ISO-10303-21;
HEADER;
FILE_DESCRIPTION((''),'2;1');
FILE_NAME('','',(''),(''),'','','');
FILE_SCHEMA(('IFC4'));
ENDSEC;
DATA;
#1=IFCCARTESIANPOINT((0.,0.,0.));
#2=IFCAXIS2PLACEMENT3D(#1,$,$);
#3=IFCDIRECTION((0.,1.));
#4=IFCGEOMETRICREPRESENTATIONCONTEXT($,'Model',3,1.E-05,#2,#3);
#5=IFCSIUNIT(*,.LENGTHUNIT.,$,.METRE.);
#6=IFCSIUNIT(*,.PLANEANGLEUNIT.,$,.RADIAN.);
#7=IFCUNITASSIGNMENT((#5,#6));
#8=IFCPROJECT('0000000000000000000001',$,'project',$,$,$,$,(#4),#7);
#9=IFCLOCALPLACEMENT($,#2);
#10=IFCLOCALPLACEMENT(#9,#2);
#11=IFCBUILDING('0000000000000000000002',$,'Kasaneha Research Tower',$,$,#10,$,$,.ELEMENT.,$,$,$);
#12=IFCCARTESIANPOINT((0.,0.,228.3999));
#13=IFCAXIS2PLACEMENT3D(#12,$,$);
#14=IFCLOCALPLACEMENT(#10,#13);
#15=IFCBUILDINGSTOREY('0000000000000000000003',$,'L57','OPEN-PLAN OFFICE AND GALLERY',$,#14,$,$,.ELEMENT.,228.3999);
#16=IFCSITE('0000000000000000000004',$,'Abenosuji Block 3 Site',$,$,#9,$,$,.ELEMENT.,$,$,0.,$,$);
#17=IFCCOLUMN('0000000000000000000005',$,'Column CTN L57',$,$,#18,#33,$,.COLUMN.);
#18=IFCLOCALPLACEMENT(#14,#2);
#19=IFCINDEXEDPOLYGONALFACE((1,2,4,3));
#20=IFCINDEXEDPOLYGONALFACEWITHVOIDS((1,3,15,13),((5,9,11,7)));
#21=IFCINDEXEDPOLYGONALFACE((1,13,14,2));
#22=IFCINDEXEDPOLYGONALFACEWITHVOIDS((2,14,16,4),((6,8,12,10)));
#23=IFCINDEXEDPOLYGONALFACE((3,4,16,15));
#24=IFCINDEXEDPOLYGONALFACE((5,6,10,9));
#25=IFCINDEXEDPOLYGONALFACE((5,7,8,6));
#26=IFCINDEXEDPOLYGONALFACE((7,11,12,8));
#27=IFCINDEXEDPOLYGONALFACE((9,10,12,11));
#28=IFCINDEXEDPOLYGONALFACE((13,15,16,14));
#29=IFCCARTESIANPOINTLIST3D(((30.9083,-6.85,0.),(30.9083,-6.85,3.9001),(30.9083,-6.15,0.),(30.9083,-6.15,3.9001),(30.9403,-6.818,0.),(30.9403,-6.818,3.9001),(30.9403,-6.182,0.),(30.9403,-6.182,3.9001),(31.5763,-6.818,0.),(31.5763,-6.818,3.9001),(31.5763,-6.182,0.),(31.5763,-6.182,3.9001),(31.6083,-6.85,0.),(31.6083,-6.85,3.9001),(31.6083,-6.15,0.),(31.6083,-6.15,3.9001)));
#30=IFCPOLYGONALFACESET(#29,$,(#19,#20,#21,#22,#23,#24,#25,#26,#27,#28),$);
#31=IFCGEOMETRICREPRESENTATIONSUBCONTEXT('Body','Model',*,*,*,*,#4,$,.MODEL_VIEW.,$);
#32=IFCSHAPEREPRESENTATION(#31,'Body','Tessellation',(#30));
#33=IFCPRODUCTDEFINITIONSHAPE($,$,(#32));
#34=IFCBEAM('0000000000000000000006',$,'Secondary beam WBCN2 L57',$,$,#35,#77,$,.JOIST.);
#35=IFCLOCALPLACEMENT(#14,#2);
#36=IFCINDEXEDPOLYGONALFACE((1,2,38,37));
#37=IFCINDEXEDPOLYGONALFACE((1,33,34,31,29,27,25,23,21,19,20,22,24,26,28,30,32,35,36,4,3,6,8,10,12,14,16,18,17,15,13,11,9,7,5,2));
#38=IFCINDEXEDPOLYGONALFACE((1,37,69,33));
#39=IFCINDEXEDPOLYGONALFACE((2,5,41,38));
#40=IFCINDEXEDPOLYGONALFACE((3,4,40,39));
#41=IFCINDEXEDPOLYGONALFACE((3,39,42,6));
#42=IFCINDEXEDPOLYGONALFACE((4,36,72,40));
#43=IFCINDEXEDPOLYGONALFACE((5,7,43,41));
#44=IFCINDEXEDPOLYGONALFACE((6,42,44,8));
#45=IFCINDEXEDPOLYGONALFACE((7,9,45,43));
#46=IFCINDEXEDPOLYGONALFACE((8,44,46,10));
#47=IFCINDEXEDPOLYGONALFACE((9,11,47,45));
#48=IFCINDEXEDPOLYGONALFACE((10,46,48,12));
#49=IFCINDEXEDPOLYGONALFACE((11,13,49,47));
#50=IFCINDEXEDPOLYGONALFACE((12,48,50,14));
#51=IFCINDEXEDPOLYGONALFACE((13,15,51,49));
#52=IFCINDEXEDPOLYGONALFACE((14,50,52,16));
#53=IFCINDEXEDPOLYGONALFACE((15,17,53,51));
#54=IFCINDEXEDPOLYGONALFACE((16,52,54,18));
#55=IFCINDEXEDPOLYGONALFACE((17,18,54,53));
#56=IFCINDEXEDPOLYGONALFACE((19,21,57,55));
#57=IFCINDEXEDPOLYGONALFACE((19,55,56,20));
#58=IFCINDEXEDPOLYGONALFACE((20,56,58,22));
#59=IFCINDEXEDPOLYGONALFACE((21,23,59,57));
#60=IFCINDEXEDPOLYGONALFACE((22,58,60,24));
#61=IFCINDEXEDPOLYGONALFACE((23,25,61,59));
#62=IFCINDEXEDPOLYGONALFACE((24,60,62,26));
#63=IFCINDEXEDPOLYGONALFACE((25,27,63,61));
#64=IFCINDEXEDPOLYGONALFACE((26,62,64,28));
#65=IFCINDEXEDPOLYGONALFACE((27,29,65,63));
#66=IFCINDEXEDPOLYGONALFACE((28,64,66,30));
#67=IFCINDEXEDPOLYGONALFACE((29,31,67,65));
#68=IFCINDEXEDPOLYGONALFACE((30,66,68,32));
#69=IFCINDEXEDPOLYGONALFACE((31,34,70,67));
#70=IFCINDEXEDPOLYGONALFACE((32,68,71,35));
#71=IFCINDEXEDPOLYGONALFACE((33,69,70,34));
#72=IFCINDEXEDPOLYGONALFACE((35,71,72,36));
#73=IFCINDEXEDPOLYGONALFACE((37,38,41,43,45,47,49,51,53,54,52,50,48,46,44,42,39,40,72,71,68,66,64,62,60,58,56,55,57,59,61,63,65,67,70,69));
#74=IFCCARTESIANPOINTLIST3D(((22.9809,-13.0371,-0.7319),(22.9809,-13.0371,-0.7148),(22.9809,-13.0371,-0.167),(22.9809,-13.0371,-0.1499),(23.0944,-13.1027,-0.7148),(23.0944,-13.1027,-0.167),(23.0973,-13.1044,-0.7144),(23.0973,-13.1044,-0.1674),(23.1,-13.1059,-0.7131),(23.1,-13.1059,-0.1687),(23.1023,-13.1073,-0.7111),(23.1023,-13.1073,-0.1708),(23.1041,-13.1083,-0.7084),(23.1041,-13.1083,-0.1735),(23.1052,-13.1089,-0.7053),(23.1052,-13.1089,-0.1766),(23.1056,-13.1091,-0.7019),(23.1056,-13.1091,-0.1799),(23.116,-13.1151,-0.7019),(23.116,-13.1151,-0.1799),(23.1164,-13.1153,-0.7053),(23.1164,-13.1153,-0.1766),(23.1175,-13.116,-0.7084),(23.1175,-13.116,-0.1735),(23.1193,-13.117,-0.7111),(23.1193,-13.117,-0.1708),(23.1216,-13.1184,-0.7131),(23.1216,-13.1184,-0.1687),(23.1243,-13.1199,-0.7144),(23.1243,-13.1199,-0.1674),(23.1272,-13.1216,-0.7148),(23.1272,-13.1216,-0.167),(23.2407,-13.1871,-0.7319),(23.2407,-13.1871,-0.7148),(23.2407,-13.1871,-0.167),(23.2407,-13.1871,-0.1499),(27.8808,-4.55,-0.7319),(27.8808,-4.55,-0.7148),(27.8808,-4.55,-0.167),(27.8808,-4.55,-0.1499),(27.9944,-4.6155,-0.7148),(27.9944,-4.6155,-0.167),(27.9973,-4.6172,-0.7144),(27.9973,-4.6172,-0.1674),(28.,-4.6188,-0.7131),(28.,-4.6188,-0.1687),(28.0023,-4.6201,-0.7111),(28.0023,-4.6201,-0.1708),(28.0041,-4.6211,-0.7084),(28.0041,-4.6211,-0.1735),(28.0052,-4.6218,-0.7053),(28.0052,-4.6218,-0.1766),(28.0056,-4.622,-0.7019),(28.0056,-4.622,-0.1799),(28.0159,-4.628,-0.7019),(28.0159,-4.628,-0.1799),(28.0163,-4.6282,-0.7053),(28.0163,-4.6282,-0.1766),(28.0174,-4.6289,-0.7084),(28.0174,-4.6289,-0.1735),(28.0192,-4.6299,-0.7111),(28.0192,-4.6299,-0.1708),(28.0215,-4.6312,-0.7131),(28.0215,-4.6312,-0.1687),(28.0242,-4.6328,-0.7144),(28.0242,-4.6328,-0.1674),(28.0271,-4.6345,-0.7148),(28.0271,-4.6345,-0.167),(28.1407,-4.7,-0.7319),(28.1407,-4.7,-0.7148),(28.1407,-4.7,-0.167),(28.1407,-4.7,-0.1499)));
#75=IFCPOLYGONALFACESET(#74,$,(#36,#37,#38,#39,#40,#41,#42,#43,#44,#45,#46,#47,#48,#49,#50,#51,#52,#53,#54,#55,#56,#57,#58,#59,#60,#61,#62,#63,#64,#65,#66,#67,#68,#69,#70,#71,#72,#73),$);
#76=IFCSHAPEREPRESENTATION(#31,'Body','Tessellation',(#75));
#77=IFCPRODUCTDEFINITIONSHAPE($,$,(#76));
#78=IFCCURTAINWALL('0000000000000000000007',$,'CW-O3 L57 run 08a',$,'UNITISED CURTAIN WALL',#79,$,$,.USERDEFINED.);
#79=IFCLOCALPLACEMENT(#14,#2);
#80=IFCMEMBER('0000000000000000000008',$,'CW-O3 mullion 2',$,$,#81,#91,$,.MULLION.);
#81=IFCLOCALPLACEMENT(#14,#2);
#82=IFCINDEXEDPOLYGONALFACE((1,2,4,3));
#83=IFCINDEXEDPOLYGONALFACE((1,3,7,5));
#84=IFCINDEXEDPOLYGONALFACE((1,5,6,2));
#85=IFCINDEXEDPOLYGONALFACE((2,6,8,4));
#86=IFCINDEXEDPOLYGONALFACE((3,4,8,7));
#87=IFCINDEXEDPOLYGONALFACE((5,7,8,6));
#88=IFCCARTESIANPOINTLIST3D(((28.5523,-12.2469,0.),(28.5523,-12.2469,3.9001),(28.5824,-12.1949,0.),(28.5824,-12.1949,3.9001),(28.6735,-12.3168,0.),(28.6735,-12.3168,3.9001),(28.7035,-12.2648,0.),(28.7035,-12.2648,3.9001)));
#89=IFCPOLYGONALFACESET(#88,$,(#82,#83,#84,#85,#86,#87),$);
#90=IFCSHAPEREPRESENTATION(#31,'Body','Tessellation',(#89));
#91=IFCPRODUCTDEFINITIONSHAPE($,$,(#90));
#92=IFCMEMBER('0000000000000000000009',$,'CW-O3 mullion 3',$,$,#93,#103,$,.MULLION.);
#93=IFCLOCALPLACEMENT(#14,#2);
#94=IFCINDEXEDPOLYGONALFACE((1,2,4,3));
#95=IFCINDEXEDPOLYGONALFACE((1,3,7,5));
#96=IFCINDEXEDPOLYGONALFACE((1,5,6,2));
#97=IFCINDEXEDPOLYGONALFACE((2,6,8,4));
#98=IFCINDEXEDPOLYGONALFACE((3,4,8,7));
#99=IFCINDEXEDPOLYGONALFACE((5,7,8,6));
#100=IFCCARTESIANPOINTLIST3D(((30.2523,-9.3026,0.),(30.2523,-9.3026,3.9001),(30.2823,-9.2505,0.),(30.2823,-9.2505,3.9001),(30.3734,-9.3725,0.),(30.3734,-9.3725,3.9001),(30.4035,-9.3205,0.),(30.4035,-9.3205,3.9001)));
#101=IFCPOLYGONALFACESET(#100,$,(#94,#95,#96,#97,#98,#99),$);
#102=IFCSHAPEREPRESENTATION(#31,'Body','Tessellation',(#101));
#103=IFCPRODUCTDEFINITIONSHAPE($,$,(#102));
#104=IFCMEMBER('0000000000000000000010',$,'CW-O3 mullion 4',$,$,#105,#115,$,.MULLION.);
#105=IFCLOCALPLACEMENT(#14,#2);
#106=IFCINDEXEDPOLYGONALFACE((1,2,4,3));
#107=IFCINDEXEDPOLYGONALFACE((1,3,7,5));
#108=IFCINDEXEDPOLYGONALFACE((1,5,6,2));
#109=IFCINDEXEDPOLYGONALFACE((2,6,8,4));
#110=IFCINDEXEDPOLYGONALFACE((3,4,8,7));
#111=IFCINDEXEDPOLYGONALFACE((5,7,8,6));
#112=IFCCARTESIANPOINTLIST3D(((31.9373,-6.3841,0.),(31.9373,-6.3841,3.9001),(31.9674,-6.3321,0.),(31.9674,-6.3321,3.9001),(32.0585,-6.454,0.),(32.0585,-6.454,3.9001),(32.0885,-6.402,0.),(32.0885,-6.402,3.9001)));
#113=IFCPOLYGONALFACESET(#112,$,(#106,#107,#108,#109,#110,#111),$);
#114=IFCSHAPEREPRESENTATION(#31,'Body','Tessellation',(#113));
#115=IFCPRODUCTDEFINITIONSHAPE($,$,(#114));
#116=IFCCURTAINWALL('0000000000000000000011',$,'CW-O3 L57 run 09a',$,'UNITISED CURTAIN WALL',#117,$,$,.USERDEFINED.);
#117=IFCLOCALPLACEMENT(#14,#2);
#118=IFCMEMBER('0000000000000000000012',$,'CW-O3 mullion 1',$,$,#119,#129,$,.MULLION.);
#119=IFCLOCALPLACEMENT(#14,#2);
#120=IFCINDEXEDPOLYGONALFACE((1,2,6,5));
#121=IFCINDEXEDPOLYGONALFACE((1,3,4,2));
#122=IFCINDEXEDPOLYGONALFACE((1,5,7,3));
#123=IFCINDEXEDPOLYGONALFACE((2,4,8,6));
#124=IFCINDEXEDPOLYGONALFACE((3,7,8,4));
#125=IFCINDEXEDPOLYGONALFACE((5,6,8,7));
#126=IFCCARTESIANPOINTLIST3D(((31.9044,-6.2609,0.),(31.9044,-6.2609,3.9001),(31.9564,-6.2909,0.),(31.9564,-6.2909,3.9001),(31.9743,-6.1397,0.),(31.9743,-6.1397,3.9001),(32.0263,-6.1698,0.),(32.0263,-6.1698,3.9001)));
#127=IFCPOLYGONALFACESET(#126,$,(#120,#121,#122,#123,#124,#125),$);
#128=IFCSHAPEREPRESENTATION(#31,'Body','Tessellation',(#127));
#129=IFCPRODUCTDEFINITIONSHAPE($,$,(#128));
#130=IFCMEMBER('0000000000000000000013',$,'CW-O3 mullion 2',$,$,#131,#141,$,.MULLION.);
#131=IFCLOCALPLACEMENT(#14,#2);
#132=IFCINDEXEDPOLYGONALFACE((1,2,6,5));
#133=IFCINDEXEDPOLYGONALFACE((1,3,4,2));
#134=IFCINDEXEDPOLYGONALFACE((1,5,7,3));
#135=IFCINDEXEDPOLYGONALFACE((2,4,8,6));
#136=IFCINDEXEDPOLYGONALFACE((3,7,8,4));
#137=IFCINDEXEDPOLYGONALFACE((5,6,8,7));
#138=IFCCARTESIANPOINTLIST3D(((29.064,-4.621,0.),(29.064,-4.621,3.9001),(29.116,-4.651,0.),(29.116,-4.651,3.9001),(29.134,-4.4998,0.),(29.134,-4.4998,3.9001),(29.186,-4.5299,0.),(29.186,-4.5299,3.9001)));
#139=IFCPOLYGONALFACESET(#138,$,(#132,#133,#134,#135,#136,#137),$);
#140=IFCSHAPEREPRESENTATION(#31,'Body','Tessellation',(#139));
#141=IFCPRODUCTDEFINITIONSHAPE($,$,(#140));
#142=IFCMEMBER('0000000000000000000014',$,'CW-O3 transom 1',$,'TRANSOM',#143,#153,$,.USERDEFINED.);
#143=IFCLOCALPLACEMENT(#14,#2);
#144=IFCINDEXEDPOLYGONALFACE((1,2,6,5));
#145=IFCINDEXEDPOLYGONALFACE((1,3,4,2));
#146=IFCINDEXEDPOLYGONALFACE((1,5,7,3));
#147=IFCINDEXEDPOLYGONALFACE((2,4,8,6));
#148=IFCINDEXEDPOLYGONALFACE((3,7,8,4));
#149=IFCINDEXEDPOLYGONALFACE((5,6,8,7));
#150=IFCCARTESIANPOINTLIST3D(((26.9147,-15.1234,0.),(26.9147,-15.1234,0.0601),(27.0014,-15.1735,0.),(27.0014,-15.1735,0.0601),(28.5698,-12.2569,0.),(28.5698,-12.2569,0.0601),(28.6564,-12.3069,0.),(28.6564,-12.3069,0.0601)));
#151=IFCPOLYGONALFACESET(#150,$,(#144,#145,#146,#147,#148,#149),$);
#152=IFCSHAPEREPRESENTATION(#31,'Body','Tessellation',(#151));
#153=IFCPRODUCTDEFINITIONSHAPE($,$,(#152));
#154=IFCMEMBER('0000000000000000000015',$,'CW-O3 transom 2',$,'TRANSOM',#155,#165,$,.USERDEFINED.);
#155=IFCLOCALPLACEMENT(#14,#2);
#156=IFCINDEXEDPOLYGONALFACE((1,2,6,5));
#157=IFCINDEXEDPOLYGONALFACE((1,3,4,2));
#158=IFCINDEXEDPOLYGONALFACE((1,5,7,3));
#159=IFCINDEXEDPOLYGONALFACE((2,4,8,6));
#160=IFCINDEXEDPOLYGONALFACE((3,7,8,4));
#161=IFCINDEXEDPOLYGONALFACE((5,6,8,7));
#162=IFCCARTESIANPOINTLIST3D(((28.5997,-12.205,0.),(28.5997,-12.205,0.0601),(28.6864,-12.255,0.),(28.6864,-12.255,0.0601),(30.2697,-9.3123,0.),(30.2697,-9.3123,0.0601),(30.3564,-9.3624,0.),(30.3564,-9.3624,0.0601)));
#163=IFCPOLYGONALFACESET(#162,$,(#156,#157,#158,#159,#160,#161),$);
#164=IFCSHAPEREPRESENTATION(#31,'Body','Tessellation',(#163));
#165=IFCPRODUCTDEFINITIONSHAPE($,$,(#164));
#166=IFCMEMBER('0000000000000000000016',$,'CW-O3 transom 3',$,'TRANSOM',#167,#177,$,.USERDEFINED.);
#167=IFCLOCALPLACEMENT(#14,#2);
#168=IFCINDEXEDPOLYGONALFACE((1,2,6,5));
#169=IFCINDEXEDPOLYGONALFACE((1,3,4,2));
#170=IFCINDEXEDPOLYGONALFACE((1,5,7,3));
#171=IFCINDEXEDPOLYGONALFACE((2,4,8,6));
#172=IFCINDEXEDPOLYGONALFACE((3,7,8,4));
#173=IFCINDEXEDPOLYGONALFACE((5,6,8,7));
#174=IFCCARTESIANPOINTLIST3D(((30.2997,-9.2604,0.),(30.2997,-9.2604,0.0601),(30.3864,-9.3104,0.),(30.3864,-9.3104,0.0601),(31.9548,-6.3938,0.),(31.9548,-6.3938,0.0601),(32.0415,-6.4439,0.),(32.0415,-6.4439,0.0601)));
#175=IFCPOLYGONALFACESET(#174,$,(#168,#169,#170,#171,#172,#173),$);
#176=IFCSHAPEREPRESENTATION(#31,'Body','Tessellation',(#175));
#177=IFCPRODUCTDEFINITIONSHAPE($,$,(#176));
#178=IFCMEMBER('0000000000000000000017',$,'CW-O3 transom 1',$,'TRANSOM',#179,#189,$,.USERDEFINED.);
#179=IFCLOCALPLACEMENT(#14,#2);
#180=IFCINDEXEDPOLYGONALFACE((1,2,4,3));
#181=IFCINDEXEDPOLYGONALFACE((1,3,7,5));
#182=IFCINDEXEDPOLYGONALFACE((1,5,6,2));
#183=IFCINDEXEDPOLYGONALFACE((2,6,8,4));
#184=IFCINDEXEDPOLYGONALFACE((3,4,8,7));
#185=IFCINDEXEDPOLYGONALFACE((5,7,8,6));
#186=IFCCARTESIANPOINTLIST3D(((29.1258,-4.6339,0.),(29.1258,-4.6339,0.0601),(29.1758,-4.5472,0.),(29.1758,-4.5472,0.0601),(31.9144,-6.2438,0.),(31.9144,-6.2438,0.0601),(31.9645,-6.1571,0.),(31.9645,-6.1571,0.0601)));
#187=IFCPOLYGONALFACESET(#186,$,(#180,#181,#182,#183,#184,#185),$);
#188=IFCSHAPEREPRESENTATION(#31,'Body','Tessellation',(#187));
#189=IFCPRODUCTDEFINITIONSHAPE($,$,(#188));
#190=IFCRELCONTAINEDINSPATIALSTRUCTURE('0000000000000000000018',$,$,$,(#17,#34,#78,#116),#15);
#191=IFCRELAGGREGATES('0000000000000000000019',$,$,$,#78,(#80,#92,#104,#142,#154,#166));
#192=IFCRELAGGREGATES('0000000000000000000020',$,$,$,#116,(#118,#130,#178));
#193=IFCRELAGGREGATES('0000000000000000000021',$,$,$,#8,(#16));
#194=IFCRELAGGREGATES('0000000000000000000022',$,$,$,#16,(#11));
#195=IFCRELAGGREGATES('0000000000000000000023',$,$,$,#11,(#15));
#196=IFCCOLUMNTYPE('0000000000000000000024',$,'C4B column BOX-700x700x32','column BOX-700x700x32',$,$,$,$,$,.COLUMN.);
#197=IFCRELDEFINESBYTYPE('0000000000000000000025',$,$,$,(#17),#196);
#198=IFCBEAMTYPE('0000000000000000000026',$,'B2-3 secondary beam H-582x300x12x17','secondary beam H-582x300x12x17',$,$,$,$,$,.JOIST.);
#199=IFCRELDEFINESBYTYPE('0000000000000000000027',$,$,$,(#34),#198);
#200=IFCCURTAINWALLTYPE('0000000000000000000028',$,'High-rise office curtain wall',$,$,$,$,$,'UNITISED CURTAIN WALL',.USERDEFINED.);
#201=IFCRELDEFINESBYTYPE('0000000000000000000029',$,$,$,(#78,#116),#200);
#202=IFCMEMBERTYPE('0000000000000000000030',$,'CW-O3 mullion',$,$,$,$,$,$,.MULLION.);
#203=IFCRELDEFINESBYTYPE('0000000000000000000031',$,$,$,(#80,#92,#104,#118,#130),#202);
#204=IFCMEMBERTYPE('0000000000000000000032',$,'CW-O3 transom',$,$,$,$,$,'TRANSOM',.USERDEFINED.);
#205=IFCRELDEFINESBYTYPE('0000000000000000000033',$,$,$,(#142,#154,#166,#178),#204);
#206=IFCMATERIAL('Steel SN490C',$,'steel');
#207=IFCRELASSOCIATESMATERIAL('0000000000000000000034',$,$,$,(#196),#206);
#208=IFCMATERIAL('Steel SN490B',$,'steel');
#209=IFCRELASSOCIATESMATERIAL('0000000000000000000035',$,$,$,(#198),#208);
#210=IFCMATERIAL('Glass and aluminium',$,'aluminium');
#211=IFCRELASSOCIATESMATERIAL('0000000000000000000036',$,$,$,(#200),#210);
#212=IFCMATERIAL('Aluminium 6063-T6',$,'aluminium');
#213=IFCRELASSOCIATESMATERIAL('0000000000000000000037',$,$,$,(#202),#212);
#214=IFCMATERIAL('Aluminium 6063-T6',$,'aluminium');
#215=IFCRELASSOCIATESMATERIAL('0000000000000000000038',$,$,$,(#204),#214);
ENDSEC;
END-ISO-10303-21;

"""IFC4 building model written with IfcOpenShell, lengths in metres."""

from ifc_helpers import new_model, si_unit, direction, frame, origin, origin_2d, place, context, subcontext, project, spatial, rectangle, hollow_rectangle, i_section, extrude, material, material_profile, profile_set, type_object, element, aggregate, save


model = new_model("IFC4")

# Units and contexts
model_context = context("Model", 3, precision=1e-05, world=origin(), true_north=direction((0.0, 1.0)))
body_context = subcontext(model_context, "Body", "Model", "MODEL_VIEW")
ifc_project = project(units=[si_unit("LENGTHUNIT", "METRE"), si_unit("PLANEANGLEUNIT", "RADIAN")], contexts=[model_context])

# Site, building, storey
site_placement = place(None, origin())
site = spatial("IfcSite", under=ifc_project, at=site_placement, Name="Abenosuji Block 3 Site", CompositionType="ELEMENT", RefElevation=0.0)
building_placement = place(site_placement, origin())
building = spatial("IfcBuilding", under=site, at=building_placement, Name="Kasaneha Research Tower", CompositionType="ELEMENT")
storey_placement = place(building_placement, frame((0.0, 0.0, 228.3999)))
storey = spatial("IfcBuildingStorey", under=building, at=storey_placement, Name="L57", Description="OPEN-PLAN OFFICE AND GALLERY", CompositionType="ELEMENT", Elevation=228.3999)

# Column
ifc_material_1 = material(Name="Steel SN490C", Category="steel")
ifc_material_profile_1 = material_profile(ifc_material_1, hollow_rectangle(XDim=0.7, YDim=0.7, WallThickness=0.032, at=origin_2d()), Name="BOX-700x700x32")
ifc_profile_set_1 = profile_set([ifc_material_profile_1], Name="Steel SN490C")
column_type = type_object("IfcColumnType", Name="C4B column BOX-700x700x32", Description="column BOX-700x700x32", PredefinedType="COLUMN", material=ifc_profile_set_1)
column_placement = place(storey_placement, frame((31.2583, -6.5, 0.0), z_axis=(0.0, 0.0, 1.0), x_axis=(1.0, 0.0, 0.0)))
element("IfcColumn", 1, at=column_placement, inside=storey, type_object=column_type, Name="Column CTN L57", PredefinedType="COLUMN", context=body_context, shape_type="SweptSolid", body=[
    extrude(hollow_rectangle(XDim=0.7, YDim=0.7, WallThickness=0.032, at=origin_2d()), origin(), (0.0, 0.0, 1.0), 3.9001),
])

# Beam
ifc_material_2 = material(Name="Steel SN490B", Category="steel")
ifc_material_profile_2 = material_profile(ifc_material_2, i_section(OverallWidth=0.3, OverallDepth=0.582, WebThickness=0.012, FlangeThickness=0.0171, FilletRadius=0.0129, at=origin_2d()), Name="H-582x300x12x17")
ifc_profile_set_2 = profile_set([ifc_material_profile_2], Name="Steel SN490B")
beam_type_1 = type_object("IfcBeamType", Name="B2-3 secondary beam H-582x300x12x17", Description="secondary beam H-582x300x12x17", PredefinedType="JOIST", material=ifc_profile_set_2)
beam_1_placement = place(storey_placement, frame((28.0107, -4.625, -0.4409), z_axis=(-0.499992, -0.86603, 0.0), x_axis=(0.86603, -0.499992, 0.0)))
element("IfcBeam", 2, at=beam_1_placement, inside=storey, type_object=beam_type_1, Name="Secondary beam WBCN2 L57", PredefinedType="JOIST", context=body_context, shape_type="SweptSolid", body=[
    extrude(i_section(OverallWidth=0.3, OverallDepth=0.582, WebThickness=0.012, FlangeThickness=0.0171, FilletRadius=0.0129, at=origin_2d()), origin(), (0.0, 0.0, 1.0), 9.8),
])

# Curtain walls, members
ifc_material_3 = material(Name="Glass and aluminium", Category="aluminium")
curtain_wall_type = type_object("IfcCurtainWallType", Name="High-rise office curtain wall", ElementType="UNITISED CURTAIN WALL", PredefinedType="USERDEFINED", material=ifc_material_3)
curtain_wall_1_placement = place(storey_placement, origin())
curtain_wall_1 = element("IfcCurtainWall", 3, at=curtain_wall_1_placement, inside=storey, type_object=curtain_wall_type, Name="CW-O3 L57 run 08a", ObjectType="UNITISED CURTAIN WALL", PredefinedType="USERDEFINED")
ifc_material_4 = material(Name="Aluminium 6063-T6", Category="aluminium")
ifc_material_profile_3 = material_profile(ifc_material_4, rectangle(XDim=0.0601, YDim=0.1399, at=origin_2d()), Name="CW-O3 mullion 60x140")
ifc_profile_set_3 = profile_set([ifc_material_profile_3], Name="Aluminium 6063-T6")
member_type_1 = type_object("IfcMemberType", Name="CW-O3 mullion", PredefinedType="MULLION", material=ifc_profile_set_3)
member_1_placement = place(storey_placement, frame((28.6279, -12.2559, 0.0), z_axis=(0.0, 0.0, 1.0), x_axis=(0.5, 0.866025, 0.0)))
member_1 = element("IfcMember", 4, at=member_1_placement, type_object=member_type_1, Name="CW-O3 mullion 2", PredefinedType="MULLION", context=body_context, shape_type="SweptSolid", body=[
    extrude(rectangle(XDim=0.0601, YDim=0.1399, at=origin_2d()), origin(), (0.0, 0.0, 1.0), 3.9001),
])
member_2_placement = place(storey_placement, frame((30.3279, -9.3115, 0.0), z_axis=(0.0, 0.0, 1.0), x_axis=(0.5, 0.866025, 0.0)))
member_2 = element("IfcMember", 5, at=member_2_placement, type_object=member_type_1, Name="CW-O3 mullion 3", PredefinedType="MULLION", context=body_context, shape_type="SweptSolid", body=[
    extrude(rectangle(XDim=0.0601, YDim=0.1399, at=origin_2d()), origin(), (0.0, 0.0, 1.0), 3.9001),
])
member_3_placement = place(storey_placement, frame((32.0129, -6.3931, 0.0), z_axis=(0.0, 0.0, 1.0), x_axis=(0.5, 0.866025, 0.0)))
member_3 = element("IfcMember", 6, at=member_3_placement, type_object=member_type_1, Name="CW-O3 mullion 4", PredefinedType="MULLION", context=body_context, shape_type="SweptSolid", body=[
    extrude(rectangle(XDim=0.0601, YDim=0.1399, at=origin_2d()), origin(), (0.0, 0.0, 1.0), 3.9001),
])
curtain_wall_2_placement = place(storey_placement, origin())
curtain_wall_2 = element("IfcCurtainWall", 7, at=curtain_wall_2_placement, inside=storey, type_object=curtain_wall_type, Name="CW-O3 L57 run 09a", ObjectType="UNITISED CURTAIN WALL", PredefinedType="USERDEFINED")
member_4_placement = place(storey_placement, frame((31.9653, -6.2153, 0.0), z_axis=(0.0, 0.0, 1.0), x_axis=(-0.866025, 0.5, 0.0)))
member_4 = element("IfcMember", 8, at=member_4_placement, type_object=member_type_1, Name="CW-O3 mullion 1", PredefinedType="MULLION", context=body_context, shape_type="SweptSolid", body=[
    extrude(rectangle(XDim=0.0601, YDim=0.1399, at=origin_2d()), origin(), (0.0, 0.0, 1.0), 3.9001),
])
member_5_placement = place(storey_placement, frame((29.125, -4.5754, 0.0), z_axis=(0.0, 0.0, 1.0), x_axis=(-0.866025, 0.5, 0.0)))
member_5 = element("IfcMember", 9, at=member_5_placement, type_object=member_type_1, Name="CW-O3 mullion 2", PredefinedType="MULLION", context=body_context, shape_type="SweptSolid", body=[
    extrude(rectangle(XDim=0.0601, YDim=0.1399, at=origin_2d()), origin(), (0.0, 0.0, 1.0), 3.9001),
])

# Members
ifc_material_5 = material(Name="Aluminium 6063-T6", Category="aluminium")
ifc_material_profile_4 = material_profile(ifc_material_5, rectangle(XDim=0.1001, YDim=0.0601, at=origin_2d()), Name="CW-O3 transom 100x60")
ifc_profile_set_4 = profile_set([ifc_material_profile_4], Name="Aluminium 6063-T6")
member_type_2 = type_object("IfcMemberType", Name="CW-O3 transom", ElementType="TRANSOM", PredefinedType="USERDEFINED", material=ifc_profile_set_4)
member_6_placement = place(storey_placement, frame((26.958, -15.1484, 0.03), z_axis=(0.500018, 0.866015, 0.0), x_axis=(-0.866015, 0.500018, 0.0)))
member_6 = element("IfcMember", 10, at=member_6_placement, type_object=member_type_2, Name="CW-O3 transom 1", ObjectType="TRANSOM", PredefinedType="USERDEFINED", context=body_context, shape_type="SweptSolid", body=[
    extrude(rectangle(XDim=0.1001, YDim=0.0601, at=origin_2d()), origin(), (0.0, 0.0, 1.0), 3.3101),
])
member_7_placement = place(storey_placement, frame((28.6431, -12.23, 0.03), z_axis=(0.499976, 0.86604, 0.0), x_axis=(-0.86604, 0.499976, 0.0)))
member_7 = element("IfcMember", 11, at=member_7_placement, type_object=member_type_2, Name="CW-O3 transom 2", ObjectType="TRANSOM", PredefinedType="USERDEFINED", context=body_context, shape_type="SweptSolid", body=[
    extrude(rectangle(XDim=0.1001, YDim=0.0601, at=origin_2d()), origin(), (0.0, 0.0, 1.0), 3.3401),
])
member_8_placement = place(storey_placement, frame((30.343, -9.2854, 0.03), z_axis=(0.500018, 0.866015, 0.0), x_axis=(-0.866015, 0.500018, 0.0)))
member_8 = element("IfcMember", 12, at=member_8_placement, type_object=member_type_2, Name="CW-O3 transom 3", ObjectType="TRANSOM", PredefinedType="USERDEFINED", context=body_context, shape_type="SweptSolid", body=[
    extrude(rectangle(XDim=0.1001, YDim=0.0601, at=origin_2d()), origin(), (0.0, 0.0, 1.0), 3.3101),
])
member_9_placement = place(storey_placement, frame((31.9395, -6.2004, 0.03), z_axis=(-0.866042, 0.499972, 0.0), x_axis=(-0.499972, -0.866042, 0.0)))
member_9 = element("IfcMember", 13, at=member_9_placement, type_object=member_type_2, Name="CW-O3 transom 1", ObjectType="TRANSOM", PredefinedType="USERDEFINED", context=body_context, shape_type="SweptSolid", body=[
    extrude(rectangle(XDim=0.1001, YDim=0.0601, at=origin_2d()), origin(), (0.0, 0.0, 1.0), 3.22),
])

aggregate(curtain_wall_1, [member_1, member_2, member_3, member_6, member_7, member_8])
aggregate(curtain_wall_2, [member_4, member_5, member_9])

save(model, "model.ifc")
